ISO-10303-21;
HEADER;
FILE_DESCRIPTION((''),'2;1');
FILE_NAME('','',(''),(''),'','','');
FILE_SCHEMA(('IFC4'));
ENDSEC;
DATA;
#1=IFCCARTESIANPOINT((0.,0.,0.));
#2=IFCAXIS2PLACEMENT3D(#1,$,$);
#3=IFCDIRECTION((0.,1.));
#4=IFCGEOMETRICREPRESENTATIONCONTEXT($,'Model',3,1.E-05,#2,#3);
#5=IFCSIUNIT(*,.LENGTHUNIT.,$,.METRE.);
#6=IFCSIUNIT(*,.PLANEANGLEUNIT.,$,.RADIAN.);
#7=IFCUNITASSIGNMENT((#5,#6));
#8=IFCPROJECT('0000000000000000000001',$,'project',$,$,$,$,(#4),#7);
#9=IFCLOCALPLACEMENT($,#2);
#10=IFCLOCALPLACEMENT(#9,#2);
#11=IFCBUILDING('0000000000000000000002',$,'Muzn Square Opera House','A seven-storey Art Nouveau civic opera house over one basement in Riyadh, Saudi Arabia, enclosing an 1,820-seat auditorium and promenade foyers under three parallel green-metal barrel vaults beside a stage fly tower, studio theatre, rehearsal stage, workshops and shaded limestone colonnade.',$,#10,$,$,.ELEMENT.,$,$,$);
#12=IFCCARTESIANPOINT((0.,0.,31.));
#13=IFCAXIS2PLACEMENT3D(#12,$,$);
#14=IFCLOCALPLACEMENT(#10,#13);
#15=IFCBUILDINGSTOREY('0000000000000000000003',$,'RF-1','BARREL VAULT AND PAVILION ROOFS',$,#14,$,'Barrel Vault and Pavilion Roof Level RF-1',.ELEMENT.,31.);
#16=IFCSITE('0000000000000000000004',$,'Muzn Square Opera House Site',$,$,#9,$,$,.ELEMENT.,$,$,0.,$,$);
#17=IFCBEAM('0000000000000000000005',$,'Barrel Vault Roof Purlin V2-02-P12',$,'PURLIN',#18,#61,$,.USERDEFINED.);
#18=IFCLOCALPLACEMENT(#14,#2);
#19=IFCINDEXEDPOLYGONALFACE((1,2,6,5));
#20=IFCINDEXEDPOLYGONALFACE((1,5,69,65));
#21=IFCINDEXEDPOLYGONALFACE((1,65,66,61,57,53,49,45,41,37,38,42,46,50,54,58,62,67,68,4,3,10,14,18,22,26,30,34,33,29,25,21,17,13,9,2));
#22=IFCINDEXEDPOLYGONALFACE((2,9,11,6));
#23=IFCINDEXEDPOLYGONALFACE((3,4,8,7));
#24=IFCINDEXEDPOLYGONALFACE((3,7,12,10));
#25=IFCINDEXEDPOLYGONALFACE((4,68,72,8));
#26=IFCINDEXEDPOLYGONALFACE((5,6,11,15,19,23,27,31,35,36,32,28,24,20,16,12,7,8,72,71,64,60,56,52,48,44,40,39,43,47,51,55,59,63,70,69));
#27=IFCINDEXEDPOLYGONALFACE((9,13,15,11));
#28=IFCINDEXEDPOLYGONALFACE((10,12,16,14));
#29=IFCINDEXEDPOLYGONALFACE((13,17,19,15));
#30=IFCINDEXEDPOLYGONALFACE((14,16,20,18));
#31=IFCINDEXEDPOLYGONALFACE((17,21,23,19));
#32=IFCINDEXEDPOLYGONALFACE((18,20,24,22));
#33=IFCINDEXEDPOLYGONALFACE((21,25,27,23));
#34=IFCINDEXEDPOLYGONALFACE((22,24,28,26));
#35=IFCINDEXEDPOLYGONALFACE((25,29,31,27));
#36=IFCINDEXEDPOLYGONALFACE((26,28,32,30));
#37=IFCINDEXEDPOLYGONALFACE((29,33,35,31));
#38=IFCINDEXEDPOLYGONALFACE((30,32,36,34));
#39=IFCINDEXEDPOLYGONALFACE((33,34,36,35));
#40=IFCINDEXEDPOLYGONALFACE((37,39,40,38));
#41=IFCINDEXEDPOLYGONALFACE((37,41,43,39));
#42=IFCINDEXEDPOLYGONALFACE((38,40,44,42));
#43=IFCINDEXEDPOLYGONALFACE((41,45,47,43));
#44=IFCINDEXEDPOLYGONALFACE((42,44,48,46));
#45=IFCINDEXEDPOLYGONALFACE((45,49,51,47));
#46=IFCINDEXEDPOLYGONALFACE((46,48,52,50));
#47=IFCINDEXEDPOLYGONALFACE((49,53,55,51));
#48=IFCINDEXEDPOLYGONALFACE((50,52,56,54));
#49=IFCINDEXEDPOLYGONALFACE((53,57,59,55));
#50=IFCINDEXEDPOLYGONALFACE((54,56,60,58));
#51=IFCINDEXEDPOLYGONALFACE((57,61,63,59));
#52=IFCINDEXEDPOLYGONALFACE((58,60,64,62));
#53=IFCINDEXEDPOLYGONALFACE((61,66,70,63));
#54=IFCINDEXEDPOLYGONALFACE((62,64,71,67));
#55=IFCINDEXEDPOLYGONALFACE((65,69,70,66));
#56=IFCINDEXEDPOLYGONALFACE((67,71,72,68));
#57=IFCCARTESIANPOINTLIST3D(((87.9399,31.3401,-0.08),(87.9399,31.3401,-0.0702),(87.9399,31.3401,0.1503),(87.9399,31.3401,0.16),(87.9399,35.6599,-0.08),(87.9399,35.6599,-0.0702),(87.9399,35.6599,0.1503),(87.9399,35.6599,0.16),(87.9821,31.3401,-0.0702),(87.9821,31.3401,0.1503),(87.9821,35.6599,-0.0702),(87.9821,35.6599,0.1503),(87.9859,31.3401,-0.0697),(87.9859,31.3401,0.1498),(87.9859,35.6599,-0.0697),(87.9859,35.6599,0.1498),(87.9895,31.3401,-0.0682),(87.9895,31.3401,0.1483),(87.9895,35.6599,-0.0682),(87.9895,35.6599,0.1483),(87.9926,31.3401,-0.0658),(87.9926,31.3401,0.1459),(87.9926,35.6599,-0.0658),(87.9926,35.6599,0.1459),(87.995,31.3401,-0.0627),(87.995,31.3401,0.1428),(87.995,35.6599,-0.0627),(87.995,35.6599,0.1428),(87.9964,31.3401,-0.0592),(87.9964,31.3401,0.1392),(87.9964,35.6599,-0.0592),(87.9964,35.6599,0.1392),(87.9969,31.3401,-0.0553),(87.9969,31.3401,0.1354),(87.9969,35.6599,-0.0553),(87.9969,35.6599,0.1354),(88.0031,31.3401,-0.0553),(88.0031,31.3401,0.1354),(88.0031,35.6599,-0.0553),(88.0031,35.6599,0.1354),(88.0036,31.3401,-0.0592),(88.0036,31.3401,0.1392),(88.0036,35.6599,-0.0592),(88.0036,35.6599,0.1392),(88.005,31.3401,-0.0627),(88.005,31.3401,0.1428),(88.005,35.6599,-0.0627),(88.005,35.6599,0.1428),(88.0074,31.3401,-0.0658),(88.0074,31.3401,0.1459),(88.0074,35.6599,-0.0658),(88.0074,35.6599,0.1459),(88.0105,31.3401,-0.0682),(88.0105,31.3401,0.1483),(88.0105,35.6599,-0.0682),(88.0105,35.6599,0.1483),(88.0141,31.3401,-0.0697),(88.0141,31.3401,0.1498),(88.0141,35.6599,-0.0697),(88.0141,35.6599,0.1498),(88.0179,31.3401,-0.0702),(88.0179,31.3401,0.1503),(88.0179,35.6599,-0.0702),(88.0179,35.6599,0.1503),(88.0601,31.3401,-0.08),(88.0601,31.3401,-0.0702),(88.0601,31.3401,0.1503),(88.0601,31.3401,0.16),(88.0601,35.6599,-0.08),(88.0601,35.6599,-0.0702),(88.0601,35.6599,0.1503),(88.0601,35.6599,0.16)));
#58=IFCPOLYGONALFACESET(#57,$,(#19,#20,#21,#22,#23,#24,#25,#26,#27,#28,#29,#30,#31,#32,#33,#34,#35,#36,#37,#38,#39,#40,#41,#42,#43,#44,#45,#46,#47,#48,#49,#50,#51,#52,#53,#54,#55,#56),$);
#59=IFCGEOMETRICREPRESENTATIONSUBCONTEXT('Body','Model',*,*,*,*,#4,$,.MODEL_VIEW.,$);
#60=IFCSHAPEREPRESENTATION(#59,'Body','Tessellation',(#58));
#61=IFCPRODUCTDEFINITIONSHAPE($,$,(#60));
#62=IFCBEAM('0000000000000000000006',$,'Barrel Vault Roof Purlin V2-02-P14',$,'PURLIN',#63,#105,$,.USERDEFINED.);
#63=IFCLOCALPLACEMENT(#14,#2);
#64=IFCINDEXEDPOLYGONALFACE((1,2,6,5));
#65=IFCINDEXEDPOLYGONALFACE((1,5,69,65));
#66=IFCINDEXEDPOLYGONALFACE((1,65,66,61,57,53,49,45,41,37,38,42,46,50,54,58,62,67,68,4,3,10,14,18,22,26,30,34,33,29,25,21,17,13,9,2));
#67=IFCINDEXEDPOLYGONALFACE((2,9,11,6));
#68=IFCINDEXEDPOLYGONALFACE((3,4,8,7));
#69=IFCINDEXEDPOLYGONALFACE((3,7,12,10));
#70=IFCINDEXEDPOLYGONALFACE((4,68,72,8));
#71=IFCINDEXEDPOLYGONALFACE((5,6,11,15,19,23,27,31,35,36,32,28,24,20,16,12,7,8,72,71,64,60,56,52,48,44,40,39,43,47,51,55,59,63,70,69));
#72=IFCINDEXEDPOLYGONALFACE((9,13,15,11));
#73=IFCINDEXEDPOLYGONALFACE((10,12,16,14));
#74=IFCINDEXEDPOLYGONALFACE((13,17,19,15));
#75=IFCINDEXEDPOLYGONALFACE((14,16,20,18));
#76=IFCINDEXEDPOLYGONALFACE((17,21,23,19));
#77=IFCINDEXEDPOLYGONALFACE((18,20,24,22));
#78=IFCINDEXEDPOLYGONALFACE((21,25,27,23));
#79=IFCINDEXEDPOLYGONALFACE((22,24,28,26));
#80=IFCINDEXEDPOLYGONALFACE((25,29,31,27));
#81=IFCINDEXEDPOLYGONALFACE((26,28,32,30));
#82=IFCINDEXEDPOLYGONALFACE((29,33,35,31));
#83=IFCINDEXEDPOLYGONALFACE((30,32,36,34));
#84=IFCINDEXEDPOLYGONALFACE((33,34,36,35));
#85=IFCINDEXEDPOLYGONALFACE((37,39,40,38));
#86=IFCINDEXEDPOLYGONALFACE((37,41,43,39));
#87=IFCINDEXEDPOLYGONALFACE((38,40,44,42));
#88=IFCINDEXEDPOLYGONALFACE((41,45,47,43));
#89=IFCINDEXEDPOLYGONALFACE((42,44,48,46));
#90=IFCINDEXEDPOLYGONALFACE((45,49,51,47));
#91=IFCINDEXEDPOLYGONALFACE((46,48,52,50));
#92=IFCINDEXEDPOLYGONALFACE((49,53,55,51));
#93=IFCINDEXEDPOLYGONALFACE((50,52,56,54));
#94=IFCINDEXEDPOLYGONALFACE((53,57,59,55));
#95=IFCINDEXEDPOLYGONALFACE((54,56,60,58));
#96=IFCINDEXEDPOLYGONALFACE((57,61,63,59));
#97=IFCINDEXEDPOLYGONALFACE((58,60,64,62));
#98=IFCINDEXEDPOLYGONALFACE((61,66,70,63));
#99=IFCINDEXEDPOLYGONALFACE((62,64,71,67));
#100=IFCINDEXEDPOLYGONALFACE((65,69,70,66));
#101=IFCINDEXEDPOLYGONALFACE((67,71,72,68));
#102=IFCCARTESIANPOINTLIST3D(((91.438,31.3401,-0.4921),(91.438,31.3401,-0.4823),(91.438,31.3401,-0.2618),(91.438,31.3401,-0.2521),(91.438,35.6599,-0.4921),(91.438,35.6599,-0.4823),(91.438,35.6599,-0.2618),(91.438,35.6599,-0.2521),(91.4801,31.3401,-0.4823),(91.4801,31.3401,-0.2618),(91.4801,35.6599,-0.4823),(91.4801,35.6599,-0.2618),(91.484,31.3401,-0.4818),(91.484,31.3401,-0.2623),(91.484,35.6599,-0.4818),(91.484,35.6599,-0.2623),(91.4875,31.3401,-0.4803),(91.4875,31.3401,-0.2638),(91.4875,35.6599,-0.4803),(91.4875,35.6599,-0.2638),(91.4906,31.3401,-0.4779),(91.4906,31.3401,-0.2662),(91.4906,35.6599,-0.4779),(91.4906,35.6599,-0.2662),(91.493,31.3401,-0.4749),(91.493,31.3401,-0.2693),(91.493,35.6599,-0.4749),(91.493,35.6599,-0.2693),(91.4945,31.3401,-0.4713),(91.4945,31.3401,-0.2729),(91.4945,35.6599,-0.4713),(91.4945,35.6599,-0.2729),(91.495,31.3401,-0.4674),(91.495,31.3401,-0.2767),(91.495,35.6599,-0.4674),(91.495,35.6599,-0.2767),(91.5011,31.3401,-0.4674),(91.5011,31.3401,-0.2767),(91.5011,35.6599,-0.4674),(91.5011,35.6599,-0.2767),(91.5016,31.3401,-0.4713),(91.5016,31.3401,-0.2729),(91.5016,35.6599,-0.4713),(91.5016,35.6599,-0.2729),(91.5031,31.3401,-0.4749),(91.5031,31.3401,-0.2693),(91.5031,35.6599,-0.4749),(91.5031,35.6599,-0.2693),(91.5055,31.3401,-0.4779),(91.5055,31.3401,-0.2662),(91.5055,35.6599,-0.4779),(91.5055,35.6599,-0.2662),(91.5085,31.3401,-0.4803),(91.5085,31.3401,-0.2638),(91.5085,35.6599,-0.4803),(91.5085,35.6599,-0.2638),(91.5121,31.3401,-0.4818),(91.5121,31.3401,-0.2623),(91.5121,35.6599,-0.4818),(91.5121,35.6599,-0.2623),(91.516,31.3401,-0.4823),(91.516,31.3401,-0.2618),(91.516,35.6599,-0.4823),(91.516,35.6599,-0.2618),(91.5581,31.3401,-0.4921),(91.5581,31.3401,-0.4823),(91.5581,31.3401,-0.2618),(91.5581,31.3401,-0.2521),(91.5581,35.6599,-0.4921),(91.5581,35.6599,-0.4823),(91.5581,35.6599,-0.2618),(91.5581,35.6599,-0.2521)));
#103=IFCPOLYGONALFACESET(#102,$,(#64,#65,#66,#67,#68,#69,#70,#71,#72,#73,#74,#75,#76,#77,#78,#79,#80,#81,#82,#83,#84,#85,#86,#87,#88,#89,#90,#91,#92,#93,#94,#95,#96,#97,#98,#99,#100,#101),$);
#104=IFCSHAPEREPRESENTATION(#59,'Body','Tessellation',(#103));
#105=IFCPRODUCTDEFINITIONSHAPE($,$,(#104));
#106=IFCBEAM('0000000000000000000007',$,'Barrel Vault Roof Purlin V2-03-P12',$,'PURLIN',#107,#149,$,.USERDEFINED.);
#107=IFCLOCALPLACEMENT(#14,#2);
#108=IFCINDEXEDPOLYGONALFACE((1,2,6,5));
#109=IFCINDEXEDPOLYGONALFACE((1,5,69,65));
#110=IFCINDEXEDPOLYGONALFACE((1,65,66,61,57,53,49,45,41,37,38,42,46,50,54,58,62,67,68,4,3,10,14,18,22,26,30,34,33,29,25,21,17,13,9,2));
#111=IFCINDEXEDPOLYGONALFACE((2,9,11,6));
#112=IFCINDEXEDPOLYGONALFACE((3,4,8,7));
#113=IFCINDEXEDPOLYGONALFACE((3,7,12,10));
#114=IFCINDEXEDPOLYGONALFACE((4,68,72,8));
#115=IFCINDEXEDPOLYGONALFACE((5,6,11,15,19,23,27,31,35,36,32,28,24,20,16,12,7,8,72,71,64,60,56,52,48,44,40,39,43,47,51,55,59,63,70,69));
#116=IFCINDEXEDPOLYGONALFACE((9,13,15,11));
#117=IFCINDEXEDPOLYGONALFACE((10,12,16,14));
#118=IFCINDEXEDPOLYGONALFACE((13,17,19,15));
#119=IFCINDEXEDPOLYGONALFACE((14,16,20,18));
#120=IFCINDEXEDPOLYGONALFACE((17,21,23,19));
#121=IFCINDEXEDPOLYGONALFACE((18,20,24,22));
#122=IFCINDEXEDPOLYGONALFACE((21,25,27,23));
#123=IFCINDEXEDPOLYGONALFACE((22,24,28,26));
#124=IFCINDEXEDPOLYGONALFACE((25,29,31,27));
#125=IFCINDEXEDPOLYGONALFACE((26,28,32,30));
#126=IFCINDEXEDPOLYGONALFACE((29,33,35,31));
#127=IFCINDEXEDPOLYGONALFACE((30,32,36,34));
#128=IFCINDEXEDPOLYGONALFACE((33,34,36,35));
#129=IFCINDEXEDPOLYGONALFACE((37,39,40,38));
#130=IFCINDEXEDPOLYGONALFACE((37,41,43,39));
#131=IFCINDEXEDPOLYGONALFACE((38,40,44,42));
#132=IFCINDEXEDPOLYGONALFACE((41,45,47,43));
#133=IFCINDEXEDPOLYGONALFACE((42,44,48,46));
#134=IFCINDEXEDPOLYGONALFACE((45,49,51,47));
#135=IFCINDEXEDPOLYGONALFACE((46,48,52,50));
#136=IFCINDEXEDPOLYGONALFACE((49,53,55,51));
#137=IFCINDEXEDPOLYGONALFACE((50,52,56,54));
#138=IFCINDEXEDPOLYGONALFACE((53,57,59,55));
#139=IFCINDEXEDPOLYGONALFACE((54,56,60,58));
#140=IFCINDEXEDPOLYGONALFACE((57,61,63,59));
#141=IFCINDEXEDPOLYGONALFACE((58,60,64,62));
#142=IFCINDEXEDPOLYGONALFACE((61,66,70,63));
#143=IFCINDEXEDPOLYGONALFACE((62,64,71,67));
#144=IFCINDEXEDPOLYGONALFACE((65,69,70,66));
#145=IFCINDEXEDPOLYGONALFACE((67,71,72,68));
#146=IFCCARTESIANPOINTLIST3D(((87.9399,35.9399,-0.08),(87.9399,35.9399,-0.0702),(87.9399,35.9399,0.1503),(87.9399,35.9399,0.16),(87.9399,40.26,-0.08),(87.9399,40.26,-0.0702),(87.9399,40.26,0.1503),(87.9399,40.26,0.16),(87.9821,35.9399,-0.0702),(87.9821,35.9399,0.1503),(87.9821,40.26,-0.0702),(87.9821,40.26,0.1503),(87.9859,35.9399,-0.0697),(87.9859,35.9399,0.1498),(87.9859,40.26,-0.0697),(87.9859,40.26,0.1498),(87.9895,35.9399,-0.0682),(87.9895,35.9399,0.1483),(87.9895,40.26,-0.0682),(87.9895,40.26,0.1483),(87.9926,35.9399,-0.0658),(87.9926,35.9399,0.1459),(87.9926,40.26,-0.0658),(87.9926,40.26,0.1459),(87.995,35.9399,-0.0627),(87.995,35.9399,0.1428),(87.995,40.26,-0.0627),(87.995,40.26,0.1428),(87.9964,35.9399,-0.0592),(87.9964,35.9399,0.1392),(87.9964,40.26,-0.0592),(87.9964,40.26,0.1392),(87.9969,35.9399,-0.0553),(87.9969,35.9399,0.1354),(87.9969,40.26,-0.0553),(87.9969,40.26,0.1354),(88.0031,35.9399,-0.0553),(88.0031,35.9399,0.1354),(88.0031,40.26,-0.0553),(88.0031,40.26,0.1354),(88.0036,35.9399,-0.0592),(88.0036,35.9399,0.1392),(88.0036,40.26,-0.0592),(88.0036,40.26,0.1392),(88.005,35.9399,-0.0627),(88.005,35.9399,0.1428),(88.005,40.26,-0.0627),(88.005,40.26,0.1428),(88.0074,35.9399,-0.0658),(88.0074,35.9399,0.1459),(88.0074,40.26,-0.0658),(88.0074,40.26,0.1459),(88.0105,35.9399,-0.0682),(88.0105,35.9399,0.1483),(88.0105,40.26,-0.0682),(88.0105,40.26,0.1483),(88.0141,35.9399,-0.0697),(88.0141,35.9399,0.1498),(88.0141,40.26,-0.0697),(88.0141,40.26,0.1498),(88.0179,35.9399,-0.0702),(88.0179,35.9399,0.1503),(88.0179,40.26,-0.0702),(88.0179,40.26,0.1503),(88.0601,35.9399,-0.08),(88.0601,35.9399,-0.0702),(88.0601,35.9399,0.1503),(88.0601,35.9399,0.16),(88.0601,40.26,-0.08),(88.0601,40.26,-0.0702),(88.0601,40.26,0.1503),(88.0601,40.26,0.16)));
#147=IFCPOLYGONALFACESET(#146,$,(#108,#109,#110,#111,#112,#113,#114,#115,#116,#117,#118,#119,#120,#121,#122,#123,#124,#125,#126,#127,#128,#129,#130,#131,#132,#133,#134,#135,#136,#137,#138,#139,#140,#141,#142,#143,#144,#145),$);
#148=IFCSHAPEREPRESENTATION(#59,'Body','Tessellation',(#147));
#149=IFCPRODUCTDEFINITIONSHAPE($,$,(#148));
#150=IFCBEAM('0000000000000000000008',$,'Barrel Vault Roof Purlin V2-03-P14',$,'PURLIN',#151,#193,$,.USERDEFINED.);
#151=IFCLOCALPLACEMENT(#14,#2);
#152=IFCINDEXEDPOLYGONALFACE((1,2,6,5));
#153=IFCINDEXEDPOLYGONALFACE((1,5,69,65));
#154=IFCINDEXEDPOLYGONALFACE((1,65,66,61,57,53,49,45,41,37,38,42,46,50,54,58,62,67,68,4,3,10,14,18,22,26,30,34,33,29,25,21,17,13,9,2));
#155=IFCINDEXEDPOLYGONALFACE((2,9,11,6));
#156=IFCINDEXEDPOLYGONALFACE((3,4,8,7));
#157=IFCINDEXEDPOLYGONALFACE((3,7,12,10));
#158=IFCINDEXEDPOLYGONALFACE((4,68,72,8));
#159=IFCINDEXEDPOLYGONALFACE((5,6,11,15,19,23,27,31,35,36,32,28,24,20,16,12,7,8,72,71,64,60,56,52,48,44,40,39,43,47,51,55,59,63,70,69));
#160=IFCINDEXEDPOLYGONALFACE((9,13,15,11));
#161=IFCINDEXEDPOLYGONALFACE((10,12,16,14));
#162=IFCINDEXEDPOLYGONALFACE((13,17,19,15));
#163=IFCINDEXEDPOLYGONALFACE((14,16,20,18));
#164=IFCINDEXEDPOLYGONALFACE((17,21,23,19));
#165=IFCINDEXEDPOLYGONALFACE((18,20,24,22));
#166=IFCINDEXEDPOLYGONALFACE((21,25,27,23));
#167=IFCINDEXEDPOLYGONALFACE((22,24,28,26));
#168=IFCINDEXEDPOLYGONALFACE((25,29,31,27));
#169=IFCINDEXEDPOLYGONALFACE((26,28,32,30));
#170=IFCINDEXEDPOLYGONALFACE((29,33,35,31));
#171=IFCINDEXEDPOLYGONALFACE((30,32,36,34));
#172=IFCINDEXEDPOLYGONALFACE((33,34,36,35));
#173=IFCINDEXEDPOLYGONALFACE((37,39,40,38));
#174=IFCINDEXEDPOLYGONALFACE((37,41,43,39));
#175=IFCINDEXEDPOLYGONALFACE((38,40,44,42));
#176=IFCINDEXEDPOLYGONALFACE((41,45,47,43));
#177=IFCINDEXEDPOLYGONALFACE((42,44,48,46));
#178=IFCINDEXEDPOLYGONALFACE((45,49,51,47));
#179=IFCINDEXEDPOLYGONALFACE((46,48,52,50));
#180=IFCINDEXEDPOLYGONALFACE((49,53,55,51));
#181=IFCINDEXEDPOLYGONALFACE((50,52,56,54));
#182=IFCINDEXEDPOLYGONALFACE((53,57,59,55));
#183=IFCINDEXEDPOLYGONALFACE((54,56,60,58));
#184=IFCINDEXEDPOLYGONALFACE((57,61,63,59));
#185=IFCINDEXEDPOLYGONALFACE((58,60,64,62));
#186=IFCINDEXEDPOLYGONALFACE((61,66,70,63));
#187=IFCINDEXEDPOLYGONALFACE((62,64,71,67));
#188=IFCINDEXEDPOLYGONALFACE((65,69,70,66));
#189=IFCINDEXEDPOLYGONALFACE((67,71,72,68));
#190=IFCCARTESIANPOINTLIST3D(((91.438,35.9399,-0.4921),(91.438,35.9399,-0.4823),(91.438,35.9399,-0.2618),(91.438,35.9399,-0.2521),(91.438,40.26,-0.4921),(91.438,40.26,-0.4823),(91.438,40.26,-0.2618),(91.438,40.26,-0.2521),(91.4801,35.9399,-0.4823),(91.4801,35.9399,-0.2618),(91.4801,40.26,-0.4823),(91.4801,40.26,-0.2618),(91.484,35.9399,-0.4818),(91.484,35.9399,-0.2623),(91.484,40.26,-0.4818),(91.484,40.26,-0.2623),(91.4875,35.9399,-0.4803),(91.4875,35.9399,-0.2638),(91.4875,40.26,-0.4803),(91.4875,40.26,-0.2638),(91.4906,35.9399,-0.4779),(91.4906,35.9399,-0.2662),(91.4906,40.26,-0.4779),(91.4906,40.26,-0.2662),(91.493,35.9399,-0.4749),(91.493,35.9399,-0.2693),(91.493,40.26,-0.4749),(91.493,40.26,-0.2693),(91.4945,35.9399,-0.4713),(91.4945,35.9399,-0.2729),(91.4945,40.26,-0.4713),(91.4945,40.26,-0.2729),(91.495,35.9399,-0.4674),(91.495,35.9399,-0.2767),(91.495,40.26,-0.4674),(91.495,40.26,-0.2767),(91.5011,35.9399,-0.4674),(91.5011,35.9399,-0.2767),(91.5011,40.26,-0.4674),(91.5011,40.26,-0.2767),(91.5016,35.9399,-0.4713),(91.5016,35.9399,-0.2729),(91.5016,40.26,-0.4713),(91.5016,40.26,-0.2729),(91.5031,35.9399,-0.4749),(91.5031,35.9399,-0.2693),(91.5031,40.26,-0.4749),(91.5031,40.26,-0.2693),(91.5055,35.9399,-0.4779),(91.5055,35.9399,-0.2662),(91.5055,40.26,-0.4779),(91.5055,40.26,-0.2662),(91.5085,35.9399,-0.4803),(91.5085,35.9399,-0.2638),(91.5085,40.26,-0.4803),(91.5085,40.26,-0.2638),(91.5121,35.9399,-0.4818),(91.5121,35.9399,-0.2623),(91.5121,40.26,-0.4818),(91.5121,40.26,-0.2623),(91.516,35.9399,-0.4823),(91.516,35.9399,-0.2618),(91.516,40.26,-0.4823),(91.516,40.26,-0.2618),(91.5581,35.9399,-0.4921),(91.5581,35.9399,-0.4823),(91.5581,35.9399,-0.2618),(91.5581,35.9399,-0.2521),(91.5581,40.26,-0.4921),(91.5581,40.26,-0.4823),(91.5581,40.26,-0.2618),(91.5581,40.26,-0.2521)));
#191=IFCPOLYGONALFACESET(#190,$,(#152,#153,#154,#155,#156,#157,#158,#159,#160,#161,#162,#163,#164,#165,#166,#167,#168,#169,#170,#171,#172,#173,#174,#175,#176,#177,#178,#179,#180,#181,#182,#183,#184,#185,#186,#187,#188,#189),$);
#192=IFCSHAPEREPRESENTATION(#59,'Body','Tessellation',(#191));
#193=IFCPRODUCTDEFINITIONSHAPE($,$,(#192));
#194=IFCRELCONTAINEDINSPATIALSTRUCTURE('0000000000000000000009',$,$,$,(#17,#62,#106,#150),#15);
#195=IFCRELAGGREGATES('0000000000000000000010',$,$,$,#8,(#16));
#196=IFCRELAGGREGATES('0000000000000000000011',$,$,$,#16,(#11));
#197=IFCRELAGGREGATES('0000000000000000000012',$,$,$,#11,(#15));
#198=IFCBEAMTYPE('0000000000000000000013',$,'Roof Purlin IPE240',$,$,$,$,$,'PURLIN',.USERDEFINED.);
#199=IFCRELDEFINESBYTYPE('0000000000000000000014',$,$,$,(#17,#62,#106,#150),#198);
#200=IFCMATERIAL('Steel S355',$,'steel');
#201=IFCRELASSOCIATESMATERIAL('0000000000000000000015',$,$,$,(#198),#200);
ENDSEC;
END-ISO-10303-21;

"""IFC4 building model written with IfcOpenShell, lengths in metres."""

from ifc_helpers import new_model, si_unit, direction, frame, origin, origin_2d, place, context, subcontext, project, spatial, i_section, extrude, material, material_profile, profile_set, type_object, element, save


model = new_model("IFC4")

# Units and contexts
model_context = context("Model", 3, precision=1e-05, world=origin(), true_north=direction((0.0, 1.0)))
body_context = subcontext(model_context, "Body", "Model", "MODEL_VIEW")
ifc_project = project(units=[si_unit("LENGTHUNIT", "METRE"), si_unit("PLANEANGLEUNIT", "RADIAN")], contexts=[model_context])

# Site, building, storey
site_placement = place(None, origin())
site = spatial("IfcSite", under=ifc_project, at=site_placement, Name="Muzn Square Opera House Site", CompositionType="ELEMENT", RefElevation=0.0)
building_placement = place(site_placement, origin())
building = spatial("IfcBuilding", under=site, at=building_placement, Name="Muzn Square Opera House", Description="A seven-storey Art Nouveau civic opera house over one basement in Riyadh, Saudi Arabia, enclosing an 1,820-seat auditorium and promenade foyers under three parallel green-metal barrel vaults beside a stage fly tower, studio theatre, rehearsal stage, workshops and shaded limestone colonnade.", CompositionType="ELEMENT")
storey_placement = place(building_placement, frame((0.0, 0.0, 31.0)))
storey = spatial("IfcBuildingStorey", under=building, at=storey_placement, Name="RF-1", Description="BARREL VAULT AND PAVILION ROOFS", LongName="Barrel Vault and Pavilion Roof Level RF-1", CompositionType="ELEMENT", Elevation=31.0)

# Beams
ifc_material_1 = material(Name="Steel S355", Category="steel")
ifc_material_profile_1 = material_profile(ifc_material_1, i_section(OverallWidth=0.1201, OverallDepth=0.24, WebThickness=0.0061, FlangeThickness=0.0098, FilletRadius=0.0149, at=origin_2d()), Name="IPE 240", Category="steel")
ifc_profile_set_1 = profile_set([ifc_material_profile_1], Name="Steel S355")
beam_type_1 = type_object("IfcBeamType", Name="Roof Purlin IPE240", ElementType="PURLIN", PredefinedType="USERDEFINED", material=ifc_profile_set_1)
for number, where, z_axis, x_axis, name in (
    (1, (88.0, 31.3401, 0.04), (0.0, 1.0, 0.0), (-1.0, 0.0, 0.0), "Barrel Vault Roof Purlin V2-02-P12"),
    (2, (91.498, 31.3401, -0.3721), (0.0, 1.0, 0.0), (-1.0, 0.0, 0.0), "Barrel Vault Roof Purlin V2-02-P14"),
):
    element("IfcBeam", number, at=place(storey_placement, frame(where, z_axis=z_axis, x_axis=x_axis)), inside=storey, type_object=beam_type_1, Name=name, ObjectType="PURLIN", PredefinedType="USERDEFINED", context=body_context, shape_type="SweptSolid", body=[
        extrude(i_section(OverallWidth=0.1201, OverallDepth=0.24, WebThickness=0.0061, FlangeThickness=0.0098, FilletRadius=0.0149, at=origin_2d()), origin(), (0.0, 0.0, 1.0), 4.3198),
    ])
for number, where, z_axis, x_axis, name in (
    (3, (88.0, 35.9399, 0.04), (0.0, 1.0, 0.0), (-1.0, 0.0, 0.0), "Barrel Vault Roof Purlin V2-03-P12"),
    (4, (91.498, 35.9399, -0.3721), (0.0, 1.0, 0.0), (-1.0, 0.0, 0.0), "Barrel Vault Roof Purlin V2-03-P14"),
):
    element("IfcBeam", number, at=place(storey_placement, frame(where, z_axis=z_axis, x_axis=x_axis)), inside=storey, type_object=beam_type_1, Name=name, ObjectType="PURLIN", PredefinedType="USERDEFINED", context=body_context, shape_type="SweptSolid", body=[
        extrude(i_section(OverallWidth=0.1201, OverallDepth=0.24, WebThickness=0.0061, FlangeThickness=0.0098, FilletRadius=0.0149, at=origin_2d()), origin(), (0.0, 0.0, 1.0), 4.3201),
    ])

save(model, "model.ifc")
